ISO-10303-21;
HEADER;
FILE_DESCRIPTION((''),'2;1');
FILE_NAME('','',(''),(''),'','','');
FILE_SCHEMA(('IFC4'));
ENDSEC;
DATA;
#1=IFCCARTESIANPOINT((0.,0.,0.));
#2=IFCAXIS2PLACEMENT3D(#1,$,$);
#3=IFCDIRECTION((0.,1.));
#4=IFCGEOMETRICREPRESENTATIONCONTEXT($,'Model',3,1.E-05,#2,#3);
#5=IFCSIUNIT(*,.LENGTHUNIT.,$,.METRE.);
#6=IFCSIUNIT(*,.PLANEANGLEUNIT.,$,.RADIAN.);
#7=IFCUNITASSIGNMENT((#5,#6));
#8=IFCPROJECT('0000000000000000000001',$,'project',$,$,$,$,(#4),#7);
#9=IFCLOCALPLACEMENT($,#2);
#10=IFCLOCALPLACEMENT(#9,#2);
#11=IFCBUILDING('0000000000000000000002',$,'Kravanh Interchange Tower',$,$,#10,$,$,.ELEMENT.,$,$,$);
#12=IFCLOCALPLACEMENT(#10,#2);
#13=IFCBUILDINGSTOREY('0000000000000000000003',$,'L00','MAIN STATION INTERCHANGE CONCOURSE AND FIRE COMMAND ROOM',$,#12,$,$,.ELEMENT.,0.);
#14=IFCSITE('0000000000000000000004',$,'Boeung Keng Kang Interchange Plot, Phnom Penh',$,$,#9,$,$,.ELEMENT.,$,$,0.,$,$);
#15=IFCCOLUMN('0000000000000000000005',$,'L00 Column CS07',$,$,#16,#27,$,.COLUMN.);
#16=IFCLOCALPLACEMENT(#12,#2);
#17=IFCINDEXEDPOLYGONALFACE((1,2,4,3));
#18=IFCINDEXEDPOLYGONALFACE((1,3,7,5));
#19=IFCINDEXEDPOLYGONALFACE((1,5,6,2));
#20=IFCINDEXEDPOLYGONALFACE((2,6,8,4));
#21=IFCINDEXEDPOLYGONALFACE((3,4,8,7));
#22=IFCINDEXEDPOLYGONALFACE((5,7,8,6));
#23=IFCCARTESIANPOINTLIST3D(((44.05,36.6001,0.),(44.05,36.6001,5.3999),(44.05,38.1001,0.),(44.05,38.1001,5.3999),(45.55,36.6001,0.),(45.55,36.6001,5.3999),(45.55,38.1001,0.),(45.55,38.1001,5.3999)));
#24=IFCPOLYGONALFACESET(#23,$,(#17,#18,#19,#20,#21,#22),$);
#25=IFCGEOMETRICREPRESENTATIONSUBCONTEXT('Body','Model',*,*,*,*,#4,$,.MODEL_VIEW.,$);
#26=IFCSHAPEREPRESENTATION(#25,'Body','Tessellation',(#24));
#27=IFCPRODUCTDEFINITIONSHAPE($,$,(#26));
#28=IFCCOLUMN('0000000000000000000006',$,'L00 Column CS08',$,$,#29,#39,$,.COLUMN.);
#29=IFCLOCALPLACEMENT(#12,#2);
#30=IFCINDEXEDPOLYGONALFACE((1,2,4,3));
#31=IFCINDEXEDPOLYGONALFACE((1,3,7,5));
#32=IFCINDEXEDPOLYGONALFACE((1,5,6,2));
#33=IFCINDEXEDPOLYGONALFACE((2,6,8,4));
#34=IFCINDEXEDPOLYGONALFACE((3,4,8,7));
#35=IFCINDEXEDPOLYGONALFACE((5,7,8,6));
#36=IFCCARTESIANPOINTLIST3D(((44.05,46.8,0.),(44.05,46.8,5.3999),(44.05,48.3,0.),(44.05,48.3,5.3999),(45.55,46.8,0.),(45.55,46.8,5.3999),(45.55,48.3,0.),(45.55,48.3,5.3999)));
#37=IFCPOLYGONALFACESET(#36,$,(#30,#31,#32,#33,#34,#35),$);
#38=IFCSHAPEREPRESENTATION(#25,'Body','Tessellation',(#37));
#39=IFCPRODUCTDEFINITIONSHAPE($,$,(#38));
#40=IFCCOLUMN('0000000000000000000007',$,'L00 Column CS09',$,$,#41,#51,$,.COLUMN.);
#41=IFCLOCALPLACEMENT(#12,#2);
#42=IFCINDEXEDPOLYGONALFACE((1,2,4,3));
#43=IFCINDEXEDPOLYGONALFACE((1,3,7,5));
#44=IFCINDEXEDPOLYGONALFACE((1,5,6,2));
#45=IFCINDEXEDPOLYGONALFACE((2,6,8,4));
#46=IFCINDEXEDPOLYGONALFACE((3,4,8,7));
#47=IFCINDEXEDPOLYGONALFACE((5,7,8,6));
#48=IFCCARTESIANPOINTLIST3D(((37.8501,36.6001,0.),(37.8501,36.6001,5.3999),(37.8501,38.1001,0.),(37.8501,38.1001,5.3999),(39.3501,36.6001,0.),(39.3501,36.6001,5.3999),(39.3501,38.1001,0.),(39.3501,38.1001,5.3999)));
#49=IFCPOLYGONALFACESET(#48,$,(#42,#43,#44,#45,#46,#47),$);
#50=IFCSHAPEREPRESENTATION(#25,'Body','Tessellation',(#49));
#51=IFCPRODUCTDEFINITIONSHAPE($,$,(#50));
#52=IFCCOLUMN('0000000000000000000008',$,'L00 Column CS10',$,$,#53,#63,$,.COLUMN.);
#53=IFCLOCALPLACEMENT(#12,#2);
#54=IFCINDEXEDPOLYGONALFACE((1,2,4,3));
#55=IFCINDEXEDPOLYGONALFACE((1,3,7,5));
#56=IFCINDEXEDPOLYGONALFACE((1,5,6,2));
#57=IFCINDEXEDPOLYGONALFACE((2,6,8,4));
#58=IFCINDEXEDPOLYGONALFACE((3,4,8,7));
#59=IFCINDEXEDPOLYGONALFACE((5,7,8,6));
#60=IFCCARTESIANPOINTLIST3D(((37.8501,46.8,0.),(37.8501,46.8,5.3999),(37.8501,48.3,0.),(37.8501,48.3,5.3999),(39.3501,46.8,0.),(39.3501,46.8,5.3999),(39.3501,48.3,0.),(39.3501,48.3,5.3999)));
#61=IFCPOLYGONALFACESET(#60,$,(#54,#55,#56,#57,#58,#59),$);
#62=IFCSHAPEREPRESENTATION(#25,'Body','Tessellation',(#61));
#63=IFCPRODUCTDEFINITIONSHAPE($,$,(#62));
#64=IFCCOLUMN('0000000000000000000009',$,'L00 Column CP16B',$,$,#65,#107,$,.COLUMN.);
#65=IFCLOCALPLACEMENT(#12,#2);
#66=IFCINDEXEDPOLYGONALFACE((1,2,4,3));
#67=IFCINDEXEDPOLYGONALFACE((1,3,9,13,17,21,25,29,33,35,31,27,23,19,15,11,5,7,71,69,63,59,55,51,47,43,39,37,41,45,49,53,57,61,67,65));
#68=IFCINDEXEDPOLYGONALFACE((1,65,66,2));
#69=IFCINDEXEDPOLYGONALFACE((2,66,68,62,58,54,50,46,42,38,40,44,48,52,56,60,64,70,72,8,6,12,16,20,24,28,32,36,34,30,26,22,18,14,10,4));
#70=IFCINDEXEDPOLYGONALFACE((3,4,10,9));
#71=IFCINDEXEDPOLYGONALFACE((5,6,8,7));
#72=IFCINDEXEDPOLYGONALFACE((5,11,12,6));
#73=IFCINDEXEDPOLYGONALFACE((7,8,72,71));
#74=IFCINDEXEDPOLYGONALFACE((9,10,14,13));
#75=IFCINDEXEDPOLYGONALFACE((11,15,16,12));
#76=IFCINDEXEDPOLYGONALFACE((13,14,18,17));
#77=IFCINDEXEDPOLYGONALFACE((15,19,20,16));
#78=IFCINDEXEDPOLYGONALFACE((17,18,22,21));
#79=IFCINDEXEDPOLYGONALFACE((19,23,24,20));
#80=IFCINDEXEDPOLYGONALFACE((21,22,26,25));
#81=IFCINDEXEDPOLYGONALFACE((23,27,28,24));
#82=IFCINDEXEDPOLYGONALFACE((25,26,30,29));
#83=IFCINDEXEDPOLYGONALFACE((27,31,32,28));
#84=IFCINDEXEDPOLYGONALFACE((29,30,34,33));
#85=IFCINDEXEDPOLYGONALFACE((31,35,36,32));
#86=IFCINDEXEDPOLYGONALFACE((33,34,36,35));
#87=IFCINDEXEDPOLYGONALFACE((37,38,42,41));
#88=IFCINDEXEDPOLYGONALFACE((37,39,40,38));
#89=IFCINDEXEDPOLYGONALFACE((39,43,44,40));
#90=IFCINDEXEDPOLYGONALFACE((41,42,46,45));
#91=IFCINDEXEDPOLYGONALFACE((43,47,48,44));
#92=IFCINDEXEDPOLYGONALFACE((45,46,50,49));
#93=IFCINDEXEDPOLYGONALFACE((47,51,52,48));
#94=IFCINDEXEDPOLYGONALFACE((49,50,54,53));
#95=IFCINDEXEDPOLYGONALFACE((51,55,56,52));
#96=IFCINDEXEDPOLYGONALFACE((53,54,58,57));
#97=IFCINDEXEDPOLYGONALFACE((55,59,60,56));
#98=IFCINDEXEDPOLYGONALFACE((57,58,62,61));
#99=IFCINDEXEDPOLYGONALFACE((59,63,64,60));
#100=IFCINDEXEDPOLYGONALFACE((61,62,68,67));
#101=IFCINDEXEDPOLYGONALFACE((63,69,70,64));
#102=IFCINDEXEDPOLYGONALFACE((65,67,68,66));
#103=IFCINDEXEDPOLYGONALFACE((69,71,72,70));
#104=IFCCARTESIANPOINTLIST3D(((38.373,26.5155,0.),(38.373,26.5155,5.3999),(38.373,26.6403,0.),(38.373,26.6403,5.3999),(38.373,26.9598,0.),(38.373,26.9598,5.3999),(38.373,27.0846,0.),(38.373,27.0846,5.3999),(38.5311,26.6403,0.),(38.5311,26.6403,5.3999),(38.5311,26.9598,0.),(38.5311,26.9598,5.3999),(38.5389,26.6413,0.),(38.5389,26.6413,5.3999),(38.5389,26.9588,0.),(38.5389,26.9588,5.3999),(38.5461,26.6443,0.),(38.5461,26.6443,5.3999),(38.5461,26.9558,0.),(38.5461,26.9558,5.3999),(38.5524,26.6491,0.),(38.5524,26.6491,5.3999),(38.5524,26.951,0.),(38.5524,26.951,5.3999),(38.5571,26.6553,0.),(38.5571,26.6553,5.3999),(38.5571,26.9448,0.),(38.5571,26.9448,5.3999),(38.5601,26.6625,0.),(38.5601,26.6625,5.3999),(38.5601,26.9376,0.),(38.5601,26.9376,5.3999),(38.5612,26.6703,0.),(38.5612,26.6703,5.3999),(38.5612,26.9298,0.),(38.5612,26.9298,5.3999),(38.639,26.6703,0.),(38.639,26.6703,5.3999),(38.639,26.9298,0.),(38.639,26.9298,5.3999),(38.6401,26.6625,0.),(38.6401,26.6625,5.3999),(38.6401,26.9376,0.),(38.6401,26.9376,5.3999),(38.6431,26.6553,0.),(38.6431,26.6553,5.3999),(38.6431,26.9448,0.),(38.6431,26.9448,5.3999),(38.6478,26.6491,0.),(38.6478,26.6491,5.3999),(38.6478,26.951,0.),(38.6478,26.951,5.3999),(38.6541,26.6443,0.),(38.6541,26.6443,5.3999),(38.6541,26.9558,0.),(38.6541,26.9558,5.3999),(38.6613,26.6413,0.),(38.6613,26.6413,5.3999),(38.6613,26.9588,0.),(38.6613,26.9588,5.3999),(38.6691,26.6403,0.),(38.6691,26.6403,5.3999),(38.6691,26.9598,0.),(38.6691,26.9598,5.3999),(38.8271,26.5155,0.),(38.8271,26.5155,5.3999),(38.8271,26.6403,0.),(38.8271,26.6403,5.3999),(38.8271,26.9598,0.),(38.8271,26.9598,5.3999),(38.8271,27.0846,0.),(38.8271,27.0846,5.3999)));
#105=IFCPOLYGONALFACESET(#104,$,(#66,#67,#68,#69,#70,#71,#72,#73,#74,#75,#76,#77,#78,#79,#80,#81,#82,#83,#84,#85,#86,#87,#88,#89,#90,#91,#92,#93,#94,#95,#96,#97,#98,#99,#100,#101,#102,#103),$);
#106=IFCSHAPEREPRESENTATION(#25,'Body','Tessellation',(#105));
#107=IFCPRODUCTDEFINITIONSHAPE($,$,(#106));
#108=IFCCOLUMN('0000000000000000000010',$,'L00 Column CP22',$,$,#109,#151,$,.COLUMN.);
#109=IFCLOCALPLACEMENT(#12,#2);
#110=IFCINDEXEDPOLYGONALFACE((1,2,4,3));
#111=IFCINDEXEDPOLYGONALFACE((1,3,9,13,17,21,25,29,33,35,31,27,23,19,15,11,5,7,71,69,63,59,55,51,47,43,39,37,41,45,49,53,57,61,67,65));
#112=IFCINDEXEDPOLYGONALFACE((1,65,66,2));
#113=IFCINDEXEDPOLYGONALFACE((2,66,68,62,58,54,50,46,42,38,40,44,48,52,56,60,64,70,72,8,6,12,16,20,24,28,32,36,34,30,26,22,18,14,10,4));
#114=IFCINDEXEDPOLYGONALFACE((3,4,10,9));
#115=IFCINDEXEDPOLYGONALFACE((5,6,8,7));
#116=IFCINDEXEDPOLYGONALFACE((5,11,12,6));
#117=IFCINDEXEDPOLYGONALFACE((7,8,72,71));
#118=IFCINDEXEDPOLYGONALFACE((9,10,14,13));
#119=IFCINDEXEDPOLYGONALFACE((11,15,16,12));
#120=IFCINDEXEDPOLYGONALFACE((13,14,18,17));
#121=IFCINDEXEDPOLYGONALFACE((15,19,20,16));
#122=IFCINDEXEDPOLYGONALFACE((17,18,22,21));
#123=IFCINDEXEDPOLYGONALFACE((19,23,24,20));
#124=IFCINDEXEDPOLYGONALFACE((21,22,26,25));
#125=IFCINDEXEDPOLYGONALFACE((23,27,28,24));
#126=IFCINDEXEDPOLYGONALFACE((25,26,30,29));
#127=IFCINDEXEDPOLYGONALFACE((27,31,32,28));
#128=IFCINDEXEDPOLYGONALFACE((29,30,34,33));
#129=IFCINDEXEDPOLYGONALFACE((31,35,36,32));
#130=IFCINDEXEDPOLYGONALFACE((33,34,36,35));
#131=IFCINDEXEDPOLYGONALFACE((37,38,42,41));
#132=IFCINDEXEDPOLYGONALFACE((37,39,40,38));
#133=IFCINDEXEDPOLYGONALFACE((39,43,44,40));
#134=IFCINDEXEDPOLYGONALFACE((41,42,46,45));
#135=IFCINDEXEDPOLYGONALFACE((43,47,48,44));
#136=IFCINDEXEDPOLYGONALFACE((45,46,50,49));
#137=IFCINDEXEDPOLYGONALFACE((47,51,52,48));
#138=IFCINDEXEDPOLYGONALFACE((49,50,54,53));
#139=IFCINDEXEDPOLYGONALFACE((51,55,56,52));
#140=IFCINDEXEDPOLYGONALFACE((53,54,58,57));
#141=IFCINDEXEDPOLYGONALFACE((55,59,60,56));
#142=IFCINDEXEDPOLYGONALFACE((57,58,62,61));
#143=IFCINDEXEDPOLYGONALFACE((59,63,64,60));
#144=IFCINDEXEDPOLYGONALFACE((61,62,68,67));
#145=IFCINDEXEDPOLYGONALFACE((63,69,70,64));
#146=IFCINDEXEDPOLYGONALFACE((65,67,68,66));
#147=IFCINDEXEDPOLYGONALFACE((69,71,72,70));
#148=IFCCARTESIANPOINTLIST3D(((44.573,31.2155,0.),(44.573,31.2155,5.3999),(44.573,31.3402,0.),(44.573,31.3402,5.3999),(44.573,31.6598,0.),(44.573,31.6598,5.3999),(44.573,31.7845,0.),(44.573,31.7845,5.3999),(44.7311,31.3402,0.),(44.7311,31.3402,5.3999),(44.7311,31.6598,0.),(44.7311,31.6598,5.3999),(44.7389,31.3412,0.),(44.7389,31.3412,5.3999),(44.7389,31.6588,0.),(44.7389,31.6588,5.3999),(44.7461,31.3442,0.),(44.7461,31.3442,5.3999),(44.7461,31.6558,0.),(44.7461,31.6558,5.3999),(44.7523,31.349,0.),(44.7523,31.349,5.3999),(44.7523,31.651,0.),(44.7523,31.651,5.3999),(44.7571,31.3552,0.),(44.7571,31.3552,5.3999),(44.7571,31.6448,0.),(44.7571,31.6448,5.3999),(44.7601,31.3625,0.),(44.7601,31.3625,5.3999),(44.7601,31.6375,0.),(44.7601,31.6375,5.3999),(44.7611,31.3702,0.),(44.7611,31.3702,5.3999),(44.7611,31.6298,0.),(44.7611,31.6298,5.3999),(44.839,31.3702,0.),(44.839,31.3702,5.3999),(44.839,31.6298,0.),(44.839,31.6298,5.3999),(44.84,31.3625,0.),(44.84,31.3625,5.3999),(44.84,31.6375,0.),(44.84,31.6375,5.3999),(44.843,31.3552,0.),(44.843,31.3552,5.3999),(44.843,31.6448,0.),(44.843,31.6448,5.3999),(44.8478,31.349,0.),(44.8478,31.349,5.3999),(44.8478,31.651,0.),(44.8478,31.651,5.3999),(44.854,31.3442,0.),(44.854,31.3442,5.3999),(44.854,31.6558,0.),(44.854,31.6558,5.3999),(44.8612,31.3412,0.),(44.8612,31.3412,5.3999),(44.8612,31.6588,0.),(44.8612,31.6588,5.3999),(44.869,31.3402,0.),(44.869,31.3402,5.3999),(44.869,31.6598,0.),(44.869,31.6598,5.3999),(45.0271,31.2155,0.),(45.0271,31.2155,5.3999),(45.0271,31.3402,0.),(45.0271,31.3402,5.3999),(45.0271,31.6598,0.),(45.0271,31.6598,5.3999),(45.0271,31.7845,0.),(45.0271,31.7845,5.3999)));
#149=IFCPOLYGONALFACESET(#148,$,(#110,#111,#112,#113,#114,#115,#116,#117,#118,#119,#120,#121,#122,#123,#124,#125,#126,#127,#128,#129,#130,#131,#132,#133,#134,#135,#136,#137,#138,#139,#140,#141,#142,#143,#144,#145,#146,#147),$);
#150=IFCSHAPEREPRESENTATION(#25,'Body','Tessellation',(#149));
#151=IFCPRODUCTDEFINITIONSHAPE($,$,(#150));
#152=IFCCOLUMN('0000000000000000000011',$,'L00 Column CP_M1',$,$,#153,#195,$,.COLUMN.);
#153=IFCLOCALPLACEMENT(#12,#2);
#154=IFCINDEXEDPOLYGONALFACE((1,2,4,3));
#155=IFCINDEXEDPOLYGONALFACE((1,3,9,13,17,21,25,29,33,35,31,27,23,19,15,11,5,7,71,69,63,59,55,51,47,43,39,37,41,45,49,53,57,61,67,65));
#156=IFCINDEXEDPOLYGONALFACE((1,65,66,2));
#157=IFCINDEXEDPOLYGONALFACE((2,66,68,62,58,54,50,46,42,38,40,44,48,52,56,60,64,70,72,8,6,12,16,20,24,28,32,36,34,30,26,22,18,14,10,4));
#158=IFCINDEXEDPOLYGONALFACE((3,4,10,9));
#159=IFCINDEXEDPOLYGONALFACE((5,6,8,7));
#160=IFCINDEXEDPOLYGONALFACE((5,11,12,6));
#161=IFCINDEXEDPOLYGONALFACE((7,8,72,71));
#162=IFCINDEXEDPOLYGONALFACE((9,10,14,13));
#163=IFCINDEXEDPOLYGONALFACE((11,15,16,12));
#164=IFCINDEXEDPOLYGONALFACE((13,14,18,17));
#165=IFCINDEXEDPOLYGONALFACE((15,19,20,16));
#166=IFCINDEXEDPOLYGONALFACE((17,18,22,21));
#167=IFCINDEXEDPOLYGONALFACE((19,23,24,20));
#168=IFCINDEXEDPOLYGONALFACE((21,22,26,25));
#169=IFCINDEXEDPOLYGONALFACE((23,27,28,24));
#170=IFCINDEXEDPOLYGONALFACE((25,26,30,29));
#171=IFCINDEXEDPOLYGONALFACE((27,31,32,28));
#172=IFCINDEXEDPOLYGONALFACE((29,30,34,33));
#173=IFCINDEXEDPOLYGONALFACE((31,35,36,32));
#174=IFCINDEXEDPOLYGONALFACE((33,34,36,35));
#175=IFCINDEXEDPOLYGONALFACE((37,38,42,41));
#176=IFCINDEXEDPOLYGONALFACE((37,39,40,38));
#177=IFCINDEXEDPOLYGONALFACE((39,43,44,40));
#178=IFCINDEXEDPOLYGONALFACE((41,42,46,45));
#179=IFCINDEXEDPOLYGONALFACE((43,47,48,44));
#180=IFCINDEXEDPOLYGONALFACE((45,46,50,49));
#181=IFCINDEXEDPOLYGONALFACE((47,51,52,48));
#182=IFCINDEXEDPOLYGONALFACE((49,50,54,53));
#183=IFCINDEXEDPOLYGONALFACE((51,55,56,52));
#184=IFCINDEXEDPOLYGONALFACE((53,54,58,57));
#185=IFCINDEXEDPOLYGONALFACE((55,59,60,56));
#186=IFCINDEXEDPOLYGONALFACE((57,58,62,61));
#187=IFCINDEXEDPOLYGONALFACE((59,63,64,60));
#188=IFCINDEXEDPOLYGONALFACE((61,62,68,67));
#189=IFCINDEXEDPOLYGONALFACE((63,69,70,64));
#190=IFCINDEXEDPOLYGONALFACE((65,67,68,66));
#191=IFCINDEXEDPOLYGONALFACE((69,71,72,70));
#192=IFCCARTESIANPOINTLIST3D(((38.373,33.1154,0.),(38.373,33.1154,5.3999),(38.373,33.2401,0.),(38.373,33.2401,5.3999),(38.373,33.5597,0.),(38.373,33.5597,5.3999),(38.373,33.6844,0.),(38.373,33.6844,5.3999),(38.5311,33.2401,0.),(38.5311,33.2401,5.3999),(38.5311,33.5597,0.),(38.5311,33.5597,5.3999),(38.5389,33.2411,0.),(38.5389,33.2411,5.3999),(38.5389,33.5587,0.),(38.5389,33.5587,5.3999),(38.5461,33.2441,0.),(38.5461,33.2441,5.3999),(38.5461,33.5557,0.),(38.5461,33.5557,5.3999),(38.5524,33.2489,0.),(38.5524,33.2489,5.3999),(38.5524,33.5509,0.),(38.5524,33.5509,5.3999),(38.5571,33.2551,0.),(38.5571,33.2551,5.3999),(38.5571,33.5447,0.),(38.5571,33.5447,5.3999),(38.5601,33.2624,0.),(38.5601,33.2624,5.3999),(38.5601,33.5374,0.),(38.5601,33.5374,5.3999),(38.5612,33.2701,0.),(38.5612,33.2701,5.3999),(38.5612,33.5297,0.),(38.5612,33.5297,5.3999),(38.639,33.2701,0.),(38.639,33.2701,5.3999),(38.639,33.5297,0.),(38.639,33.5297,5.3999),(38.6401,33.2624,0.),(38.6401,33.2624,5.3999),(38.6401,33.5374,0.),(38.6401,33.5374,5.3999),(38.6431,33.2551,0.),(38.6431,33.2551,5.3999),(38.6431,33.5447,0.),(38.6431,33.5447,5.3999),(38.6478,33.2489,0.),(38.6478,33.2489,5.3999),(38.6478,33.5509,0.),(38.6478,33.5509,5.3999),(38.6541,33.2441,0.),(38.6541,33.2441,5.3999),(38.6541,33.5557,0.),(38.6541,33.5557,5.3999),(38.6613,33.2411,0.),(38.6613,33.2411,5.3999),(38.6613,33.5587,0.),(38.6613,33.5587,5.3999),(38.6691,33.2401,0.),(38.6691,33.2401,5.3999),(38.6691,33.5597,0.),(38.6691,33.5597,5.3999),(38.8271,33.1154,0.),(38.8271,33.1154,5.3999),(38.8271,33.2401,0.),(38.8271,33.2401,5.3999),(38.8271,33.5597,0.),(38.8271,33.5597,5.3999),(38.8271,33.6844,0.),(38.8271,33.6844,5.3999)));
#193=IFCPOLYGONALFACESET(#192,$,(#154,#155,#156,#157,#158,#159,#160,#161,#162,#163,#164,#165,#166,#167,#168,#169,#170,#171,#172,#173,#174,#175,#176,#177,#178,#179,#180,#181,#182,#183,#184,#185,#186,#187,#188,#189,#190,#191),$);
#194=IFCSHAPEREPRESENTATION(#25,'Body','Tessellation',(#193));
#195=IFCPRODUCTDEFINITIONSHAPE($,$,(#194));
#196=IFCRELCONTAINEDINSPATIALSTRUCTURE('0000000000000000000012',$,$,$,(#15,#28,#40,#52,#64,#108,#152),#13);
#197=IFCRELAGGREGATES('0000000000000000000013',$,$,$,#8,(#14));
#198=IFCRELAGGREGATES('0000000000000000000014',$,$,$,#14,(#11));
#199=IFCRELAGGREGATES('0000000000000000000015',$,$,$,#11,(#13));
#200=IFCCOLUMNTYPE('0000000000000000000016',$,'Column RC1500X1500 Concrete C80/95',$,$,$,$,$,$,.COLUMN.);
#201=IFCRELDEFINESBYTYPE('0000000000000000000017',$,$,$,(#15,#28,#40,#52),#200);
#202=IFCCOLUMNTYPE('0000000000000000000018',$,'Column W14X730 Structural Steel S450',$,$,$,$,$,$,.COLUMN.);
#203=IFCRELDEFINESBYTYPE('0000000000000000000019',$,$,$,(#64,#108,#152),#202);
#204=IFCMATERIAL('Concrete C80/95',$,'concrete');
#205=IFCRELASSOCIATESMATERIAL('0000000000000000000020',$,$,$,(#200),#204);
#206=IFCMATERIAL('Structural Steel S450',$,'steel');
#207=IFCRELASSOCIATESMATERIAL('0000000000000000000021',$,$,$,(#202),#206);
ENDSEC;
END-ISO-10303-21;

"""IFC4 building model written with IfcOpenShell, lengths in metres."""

from ifc_helpers import new_model, si_unit, direction, frame, origin, origin_2d, place, context, subcontext, project, spatial, rectangle, i_section, extrude, material, material_profile, profile_set, type_object, element, save


model = new_model("IFC4")

# Units and contexts
model_context = context("Model", 3, precision=1e-05, world=origin(), true_north=direction((0.0, 1.0)))
body_context = subcontext(model_context, "Body", "Model", "MODEL_VIEW")
ifc_project = project(units=[si_unit("LENGTHUNIT", "METRE"), si_unit("PLANEANGLEUNIT", "RADIAN")], contexts=[model_context])

# Site, building, storey
site_placement = place(None, origin())
site = spatial("IfcSite", under=ifc_project, at=site_placement, Name="Boeung Keng Kang Interchange Plot, Phnom Penh", CompositionType="ELEMENT", RefElevation=0.0)
building_placement = place(site_placement, origin())
building = spatial("IfcBuilding", under=site, at=building_placement, Name="Kravanh Interchange Tower", CompositionType="ELEMENT")
storey_placement = place(building_placement, origin())
storey = spatial("IfcBuildingStorey", under=building, at=storey_placement, Name="L00", Description="MAIN STATION INTERCHANGE CONCOURSE AND FIRE COMMAND ROOM", CompositionType="ELEMENT", Elevation=0.0)

# Columns
ifc_material_1 = material(Name="Concrete C80/95", Category="concrete")
ifc_material_profile_1 = material_profile(ifc_material_1, rectangle(XDim=1.5, YDim=1.5, at=origin_2d()), Name="RC1500X1500")
ifc_profile_set_1 = profile_set([ifc_material_profile_1], Name="Concrete C80/95")
column_type_1 = type_object("IfcColumnType", Name="Column RC1500X1500 Concrete C80/95", PredefinedType="COLUMN", material=ifc_profile_set_1)
for number, where, z_axis, x_axis, name in (
    (1, (44.8, 37.3501, 0.0), (0.0, 0.0, 1.0), (1.0, 0.0, 0.0), "L00 Column CS07"),
    (2, (44.8, 47.55, 0.0), (0.0, 0.0, 1.0), (1.0, 0.0, 0.0), "L00 Column CS08"),
    (3, (38.6001, 37.3501, 0.0), (0.0, 0.0, 1.0), (1.0, 0.0, 0.0), "L00 Column CS09"),
    (4, (38.6001, 47.55, 0.0), (0.0, 0.0, 1.0), (1.0, 0.0, 0.0), "L00 Column CS10"),
):
    element("IfcColumn", number, at=place(storey_placement, frame(where, z_axis=z_axis, x_axis=x_axis)), inside=storey, type_object=column_type_1, Name=name, PredefinedType="COLUMN", context=body_context, shape_type="SweptSolid", body=[
        extrude(rectangle(XDim=1.5, YDim=1.5, at=origin_2d()), origin(), (0.0, 0.0, 1.0), 5.3999),
    ])
ifc_material_2 = material(Name="Structural Steel S450", Category="steel")
ifc_material_profile_2 = material_profile(ifc_material_2, i_section(OverallWidth=0.4541, OverallDepth=0.5691, WebThickness=0.0779, FlangeThickness=0.1248, FilletRadius=0.03, at=origin_2d()), Name="W14X730")
ifc_profile_set_2 = profile_set([ifc_material_profile_2], Name="Structural Steel S450")
column_type_2 = type_object("IfcColumnType", Name="Column W14X730 Structural Steel S450", PredefinedType="COLUMN", material=ifc_profile_set_2)
for number, where, z_axis, x_axis, name in (
    (5, (38.6001, 26.8, 0.0), (0.0, 0.0, 1.0), (1.0, 0.0, 0.0), "L00 Column CP16B"),
    (6, (44.8, 31.5, 0.0), (0.0, 0.0, 1.0), (1.0, 0.0, 0.0), "L00 Column CP22"),
    (7, (38.6001, 33.3999, 0.0), (0.0, 0.0, 1.0), (1.0, 0.0, 0.0), "L00 Column CP_M1"),
):
    element("IfcColumn", number, at=place(storey_placement, frame(where, z_axis=z_axis, x_axis=x_axis)), inside=storey, type_object=column_type_2, Name=name, PredefinedType="COLUMN", context=body_context, shape_type="SweptSolid", body=[
        extrude(i_section(OverallWidth=0.4541, OverallDepth=0.5691, WebThickness=0.0779, FlangeThickness=0.1248, FilletRadius=0.03, at=origin_2d()), origin(), (0.0, 0.0, 1.0), 5.3999),
    ])

save(model, "model.ifc")
